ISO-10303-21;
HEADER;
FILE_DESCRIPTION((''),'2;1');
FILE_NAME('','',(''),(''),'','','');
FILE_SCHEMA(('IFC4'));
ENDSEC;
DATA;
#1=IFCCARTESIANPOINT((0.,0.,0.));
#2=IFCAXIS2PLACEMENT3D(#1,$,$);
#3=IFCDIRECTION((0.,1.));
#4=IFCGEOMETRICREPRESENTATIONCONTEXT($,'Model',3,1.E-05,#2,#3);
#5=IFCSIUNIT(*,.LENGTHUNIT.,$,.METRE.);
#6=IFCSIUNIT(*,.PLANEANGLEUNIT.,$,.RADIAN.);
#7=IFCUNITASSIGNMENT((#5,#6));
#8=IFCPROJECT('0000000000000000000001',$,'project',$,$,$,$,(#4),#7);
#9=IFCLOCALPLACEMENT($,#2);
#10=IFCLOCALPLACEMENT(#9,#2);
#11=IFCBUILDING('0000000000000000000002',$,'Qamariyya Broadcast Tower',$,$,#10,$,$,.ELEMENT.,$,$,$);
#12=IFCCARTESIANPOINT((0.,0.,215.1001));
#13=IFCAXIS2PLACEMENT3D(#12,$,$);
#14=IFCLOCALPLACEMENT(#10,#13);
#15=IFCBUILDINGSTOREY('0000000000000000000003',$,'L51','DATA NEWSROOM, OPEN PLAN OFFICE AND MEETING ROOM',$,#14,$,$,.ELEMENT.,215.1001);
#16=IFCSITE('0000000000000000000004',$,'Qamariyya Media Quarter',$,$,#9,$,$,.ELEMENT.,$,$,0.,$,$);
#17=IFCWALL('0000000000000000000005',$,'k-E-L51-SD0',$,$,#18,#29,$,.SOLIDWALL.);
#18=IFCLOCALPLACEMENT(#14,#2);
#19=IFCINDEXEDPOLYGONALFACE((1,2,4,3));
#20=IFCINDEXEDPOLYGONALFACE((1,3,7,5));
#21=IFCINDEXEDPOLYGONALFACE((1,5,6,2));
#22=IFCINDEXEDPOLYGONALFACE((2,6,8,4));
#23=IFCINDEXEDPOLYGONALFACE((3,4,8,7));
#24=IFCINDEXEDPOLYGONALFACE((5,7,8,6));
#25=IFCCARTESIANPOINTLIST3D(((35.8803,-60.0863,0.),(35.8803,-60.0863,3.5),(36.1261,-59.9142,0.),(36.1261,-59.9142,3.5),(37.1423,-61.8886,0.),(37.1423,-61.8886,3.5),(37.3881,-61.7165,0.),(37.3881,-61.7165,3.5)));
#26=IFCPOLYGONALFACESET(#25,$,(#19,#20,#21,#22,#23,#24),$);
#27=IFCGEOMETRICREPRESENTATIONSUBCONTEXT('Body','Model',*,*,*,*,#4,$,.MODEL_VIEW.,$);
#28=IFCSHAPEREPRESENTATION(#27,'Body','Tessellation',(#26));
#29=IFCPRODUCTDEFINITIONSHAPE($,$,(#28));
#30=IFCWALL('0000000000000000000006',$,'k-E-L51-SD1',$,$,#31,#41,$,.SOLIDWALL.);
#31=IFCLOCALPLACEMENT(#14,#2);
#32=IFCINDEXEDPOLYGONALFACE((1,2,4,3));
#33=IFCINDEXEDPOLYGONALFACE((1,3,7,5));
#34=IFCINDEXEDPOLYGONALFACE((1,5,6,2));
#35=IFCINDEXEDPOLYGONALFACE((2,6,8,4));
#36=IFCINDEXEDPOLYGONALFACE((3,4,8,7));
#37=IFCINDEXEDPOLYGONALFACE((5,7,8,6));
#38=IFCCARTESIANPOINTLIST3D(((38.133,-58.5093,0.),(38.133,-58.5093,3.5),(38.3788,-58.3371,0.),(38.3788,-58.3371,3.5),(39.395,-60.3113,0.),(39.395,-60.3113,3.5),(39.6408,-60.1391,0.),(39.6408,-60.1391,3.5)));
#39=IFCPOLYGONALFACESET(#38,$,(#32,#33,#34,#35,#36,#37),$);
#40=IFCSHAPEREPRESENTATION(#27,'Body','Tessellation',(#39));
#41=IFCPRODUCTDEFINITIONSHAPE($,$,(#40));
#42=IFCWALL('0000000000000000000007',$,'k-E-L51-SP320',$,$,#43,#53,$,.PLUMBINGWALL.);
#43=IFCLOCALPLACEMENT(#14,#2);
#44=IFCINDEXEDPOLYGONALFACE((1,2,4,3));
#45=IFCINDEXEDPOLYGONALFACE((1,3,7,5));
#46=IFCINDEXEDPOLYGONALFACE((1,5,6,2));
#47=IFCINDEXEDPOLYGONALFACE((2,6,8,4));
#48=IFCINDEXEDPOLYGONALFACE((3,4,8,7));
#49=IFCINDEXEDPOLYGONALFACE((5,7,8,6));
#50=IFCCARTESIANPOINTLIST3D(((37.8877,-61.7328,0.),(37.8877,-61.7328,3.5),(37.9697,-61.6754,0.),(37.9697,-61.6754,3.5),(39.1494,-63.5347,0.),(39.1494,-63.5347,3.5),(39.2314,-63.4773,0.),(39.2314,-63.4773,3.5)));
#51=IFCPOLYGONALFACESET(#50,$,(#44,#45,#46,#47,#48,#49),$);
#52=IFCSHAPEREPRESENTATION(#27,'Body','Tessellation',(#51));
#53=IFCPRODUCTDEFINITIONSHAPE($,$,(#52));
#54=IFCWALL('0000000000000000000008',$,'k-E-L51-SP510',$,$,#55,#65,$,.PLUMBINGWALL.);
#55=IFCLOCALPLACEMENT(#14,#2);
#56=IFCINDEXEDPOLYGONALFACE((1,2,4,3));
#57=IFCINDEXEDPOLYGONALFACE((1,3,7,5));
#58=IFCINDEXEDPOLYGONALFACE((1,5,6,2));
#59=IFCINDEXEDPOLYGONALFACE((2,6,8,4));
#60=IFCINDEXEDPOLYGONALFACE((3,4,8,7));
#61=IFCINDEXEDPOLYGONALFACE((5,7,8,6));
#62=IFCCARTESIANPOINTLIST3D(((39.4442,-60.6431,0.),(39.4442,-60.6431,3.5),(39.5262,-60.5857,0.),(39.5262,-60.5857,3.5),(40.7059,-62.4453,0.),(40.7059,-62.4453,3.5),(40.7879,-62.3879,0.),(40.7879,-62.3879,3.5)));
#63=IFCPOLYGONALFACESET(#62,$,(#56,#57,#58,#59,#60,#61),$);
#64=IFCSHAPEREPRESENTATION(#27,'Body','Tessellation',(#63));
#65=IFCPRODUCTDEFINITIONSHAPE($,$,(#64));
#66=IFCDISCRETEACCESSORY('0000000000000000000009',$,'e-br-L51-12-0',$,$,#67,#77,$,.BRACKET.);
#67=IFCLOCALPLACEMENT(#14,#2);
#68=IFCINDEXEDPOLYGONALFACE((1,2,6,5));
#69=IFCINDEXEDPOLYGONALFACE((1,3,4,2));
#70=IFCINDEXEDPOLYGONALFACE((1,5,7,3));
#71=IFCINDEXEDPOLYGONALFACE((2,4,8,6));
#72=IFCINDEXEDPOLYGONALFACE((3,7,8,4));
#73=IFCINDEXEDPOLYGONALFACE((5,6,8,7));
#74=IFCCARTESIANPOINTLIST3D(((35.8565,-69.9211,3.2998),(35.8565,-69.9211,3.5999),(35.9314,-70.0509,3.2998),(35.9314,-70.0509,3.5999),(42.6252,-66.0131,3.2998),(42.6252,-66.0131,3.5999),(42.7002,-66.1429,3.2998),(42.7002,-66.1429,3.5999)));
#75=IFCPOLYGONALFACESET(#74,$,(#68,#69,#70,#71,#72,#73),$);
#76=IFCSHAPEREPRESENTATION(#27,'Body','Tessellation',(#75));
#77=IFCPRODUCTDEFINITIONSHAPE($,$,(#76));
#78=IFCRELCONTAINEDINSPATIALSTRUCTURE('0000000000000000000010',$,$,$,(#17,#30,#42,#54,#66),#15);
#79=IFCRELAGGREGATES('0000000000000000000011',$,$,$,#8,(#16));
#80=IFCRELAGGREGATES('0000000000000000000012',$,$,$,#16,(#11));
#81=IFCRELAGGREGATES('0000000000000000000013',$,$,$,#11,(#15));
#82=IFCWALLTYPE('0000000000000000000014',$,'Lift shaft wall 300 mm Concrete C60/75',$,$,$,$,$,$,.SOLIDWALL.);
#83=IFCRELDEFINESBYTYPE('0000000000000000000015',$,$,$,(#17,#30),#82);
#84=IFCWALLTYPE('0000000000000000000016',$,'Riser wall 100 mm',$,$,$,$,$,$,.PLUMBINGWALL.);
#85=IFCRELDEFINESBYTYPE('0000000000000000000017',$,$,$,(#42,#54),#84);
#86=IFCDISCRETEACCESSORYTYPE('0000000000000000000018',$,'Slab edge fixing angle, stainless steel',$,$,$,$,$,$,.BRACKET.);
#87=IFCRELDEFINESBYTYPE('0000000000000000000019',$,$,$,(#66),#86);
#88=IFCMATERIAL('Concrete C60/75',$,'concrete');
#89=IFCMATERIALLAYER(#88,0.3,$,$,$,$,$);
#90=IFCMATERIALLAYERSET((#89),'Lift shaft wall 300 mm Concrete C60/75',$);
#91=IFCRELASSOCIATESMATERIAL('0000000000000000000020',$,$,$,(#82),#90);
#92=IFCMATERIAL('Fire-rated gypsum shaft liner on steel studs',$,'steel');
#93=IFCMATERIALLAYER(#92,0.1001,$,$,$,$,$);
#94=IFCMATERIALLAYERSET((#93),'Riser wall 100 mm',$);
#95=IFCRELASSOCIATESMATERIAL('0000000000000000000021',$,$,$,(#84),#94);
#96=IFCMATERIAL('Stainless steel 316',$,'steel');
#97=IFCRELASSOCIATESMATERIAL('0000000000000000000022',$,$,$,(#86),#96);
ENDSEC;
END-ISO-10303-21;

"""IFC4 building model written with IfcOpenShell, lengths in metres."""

from ifc_helpers import new_model, si_unit, direction, frame, frame_2d, origin, origin_2d, place, context, subcontext, project, spatial, rectangle, extrude, material, layer, layer_set, type_object, element, save


model = new_model("IFC4")

# Units and contexts
model_context = context("Model", 3, precision=1e-05, world=origin(), true_north=direction((0.0, 1.0)))
body_context = subcontext(model_context, "Body", "Model", "MODEL_VIEW")
ifc_project = project(units=[si_unit("LENGTHUNIT", "METRE"), si_unit("PLANEANGLEUNIT", "RADIAN")], contexts=[model_context])

# Site, building, storey
site_placement = place(None, origin())
site = spatial("IfcSite", under=ifc_project, at=site_placement, Name="Qamariyya Media Quarter", CompositionType="ELEMENT", RefElevation=0.0)
building_placement = place(site_placement, origin())
building = spatial("IfcBuilding", under=site, at=building_placement, Name="Qamariyya Broadcast Tower", CompositionType="ELEMENT")
storey_placement = place(building_placement, frame((0.0, 0.0, 215.1001)))
storey = spatial("IfcBuildingStorey", under=building, at=storey_placement, Name="L51", Description="DATA NEWSROOM, OPEN PLAN OFFICE AND MEETING ROOM", CompositionType="ELEMENT", Elevation=215.1001)

# Shared definitions
ifc_material_1 = material(Name="Concrete C60/75", Category="concrete")

# Shared definitions
ifc_layer_1 = layer(ifc_material_1, 0.3)
ifc_layer_set_1 = layer_set([ifc_layer_1], Name="Lift shaft wall 300 mm Concrete C60/75")
wall_type_1 = type_object("IfcWallType", Name="Lift shaft wall 300 mm Concrete C60/75", PredefinedType="SOLIDWALL", material=ifc_layer_set_1)

# Walls
wall_1_placement = place(storey_placement, frame((36.0032, -60.0002, 0.0), z_axis=(0.0, 0.0, 1.0), x_axis=(0.573581, -0.819149, 0.0)))
element("IfcWall", 1, at=wall_1_placement, inside=storey, type_object=wall_type_1, Name="k-E-L51-SD0", PredefinedType="SOLIDWALL", context=body_context, shape_type="SweptSolid", body=[
    extrude(rectangle(XDim=2.2002, YDim=0.3, at=frame_2d((1.1001, 0.0))), origin(), (0.0, 0.0, 1.0), 3.5),
])
wall_2_placement = place(storey_placement, frame((38.2559, -58.4231, 0.0), z_axis=(0.0, 0.0, 1.0), x_axis=(0.573634, -0.819112, 0.0)))
element("IfcWall", 2, at=wall_2_placement, inside=storey, type_object=wall_type_1, Name="k-E-L51-SD1", PredefinedType="SOLIDWALL", context=body_context, shape_type="SweptSolid", body=[
    extrude(rectangle(XDim=2.2, YDim=0.3, at=frame_2d((1.1001, 0.0))), origin(), (0.0, 0.0, 1.0), 3.5),
])
ifc_material_2 = material(Name="Fire-rated gypsum shaft liner on steel studs", Category="steel")
ifc_layer_2 = layer(ifc_material_2, 0.1001)
ifc_layer_set_2 = layer_set([ifc_layer_2], Name="Riser wall 100 mm")
wall_type_2 = type_object("IfcWallType", Name="Riser wall 100 mm", PredefinedType="PLUMBINGWALL", material=ifc_layer_set_2)
wall_3_placement = place(storey_placement, frame((37.9287, -61.7041, 0.0), z_axis=(0.0, 0.0, 1.0), x_axis=(0.573559, -0.819164, 0.0)))
element("IfcWall", 3, at=wall_3_placement, inside=storey, type_object=wall_type_2, Name="k-E-L51-SP320", PredefinedType="PLUMBINGWALL", context=body_context, shape_type="SweptSolid", body=[
    extrude(rectangle(XDim=2.1997, YDim=0.1001, at=frame_2d((1.0999, 0.0))), origin(), (0.0, 0.0, 1.0), 3.5),
])
wall_4_placement = place(storey_placement, frame((39.4851, -60.6143, 0.0), z_axis=(0.0, 0.0, 1.0), x_axis=(0.573507, -0.819201, 0.0)))
element("IfcWall", 4, at=wall_4_placement, inside=storey, type_object=wall_type_2, Name="k-E-L51-SP510", PredefinedType="PLUMBINGWALL", context=body_context, shape_type="SweptSolid", body=[
    extrude(rectangle(XDim=2.2, YDim=0.1001, at=frame_2d((1.1001, 0.0))), origin(), (0.0, 0.0, 1.0), 3.5),
])

# Discrete accessory
ifc_material_3 = material(Name="Stainless steel 316", Category="steel")
discrete_accessory_type = type_object("IfcDiscreteAccessoryType", Name="Slab edge fixing angle, stainless steel", PredefinedType="BRACKET", material=ifc_material_3)
discrete_accessory_placement = place(storey_placement, frame((39.2783, -68.032, 3.2998), z_axis=(0.0, 0.0, 1.0), x_axis=(0.866025, 0.5, 0.0)))
element("IfcDiscreteAccessory", 5, at=discrete_accessory_placement, inside=storey, type_object=discrete_accessory_type, Name="e-br-L51-12-0", PredefinedType="BRACKET", context=body_context, shape_type="SweptSolid", body=[
    extrude(rectangle(XDim=7.8159, YDim=0.1499, at=origin_2d()), origin(), (0.0, 0.0, 1.0), 0.3),
])

save(model, "model.ifc")
